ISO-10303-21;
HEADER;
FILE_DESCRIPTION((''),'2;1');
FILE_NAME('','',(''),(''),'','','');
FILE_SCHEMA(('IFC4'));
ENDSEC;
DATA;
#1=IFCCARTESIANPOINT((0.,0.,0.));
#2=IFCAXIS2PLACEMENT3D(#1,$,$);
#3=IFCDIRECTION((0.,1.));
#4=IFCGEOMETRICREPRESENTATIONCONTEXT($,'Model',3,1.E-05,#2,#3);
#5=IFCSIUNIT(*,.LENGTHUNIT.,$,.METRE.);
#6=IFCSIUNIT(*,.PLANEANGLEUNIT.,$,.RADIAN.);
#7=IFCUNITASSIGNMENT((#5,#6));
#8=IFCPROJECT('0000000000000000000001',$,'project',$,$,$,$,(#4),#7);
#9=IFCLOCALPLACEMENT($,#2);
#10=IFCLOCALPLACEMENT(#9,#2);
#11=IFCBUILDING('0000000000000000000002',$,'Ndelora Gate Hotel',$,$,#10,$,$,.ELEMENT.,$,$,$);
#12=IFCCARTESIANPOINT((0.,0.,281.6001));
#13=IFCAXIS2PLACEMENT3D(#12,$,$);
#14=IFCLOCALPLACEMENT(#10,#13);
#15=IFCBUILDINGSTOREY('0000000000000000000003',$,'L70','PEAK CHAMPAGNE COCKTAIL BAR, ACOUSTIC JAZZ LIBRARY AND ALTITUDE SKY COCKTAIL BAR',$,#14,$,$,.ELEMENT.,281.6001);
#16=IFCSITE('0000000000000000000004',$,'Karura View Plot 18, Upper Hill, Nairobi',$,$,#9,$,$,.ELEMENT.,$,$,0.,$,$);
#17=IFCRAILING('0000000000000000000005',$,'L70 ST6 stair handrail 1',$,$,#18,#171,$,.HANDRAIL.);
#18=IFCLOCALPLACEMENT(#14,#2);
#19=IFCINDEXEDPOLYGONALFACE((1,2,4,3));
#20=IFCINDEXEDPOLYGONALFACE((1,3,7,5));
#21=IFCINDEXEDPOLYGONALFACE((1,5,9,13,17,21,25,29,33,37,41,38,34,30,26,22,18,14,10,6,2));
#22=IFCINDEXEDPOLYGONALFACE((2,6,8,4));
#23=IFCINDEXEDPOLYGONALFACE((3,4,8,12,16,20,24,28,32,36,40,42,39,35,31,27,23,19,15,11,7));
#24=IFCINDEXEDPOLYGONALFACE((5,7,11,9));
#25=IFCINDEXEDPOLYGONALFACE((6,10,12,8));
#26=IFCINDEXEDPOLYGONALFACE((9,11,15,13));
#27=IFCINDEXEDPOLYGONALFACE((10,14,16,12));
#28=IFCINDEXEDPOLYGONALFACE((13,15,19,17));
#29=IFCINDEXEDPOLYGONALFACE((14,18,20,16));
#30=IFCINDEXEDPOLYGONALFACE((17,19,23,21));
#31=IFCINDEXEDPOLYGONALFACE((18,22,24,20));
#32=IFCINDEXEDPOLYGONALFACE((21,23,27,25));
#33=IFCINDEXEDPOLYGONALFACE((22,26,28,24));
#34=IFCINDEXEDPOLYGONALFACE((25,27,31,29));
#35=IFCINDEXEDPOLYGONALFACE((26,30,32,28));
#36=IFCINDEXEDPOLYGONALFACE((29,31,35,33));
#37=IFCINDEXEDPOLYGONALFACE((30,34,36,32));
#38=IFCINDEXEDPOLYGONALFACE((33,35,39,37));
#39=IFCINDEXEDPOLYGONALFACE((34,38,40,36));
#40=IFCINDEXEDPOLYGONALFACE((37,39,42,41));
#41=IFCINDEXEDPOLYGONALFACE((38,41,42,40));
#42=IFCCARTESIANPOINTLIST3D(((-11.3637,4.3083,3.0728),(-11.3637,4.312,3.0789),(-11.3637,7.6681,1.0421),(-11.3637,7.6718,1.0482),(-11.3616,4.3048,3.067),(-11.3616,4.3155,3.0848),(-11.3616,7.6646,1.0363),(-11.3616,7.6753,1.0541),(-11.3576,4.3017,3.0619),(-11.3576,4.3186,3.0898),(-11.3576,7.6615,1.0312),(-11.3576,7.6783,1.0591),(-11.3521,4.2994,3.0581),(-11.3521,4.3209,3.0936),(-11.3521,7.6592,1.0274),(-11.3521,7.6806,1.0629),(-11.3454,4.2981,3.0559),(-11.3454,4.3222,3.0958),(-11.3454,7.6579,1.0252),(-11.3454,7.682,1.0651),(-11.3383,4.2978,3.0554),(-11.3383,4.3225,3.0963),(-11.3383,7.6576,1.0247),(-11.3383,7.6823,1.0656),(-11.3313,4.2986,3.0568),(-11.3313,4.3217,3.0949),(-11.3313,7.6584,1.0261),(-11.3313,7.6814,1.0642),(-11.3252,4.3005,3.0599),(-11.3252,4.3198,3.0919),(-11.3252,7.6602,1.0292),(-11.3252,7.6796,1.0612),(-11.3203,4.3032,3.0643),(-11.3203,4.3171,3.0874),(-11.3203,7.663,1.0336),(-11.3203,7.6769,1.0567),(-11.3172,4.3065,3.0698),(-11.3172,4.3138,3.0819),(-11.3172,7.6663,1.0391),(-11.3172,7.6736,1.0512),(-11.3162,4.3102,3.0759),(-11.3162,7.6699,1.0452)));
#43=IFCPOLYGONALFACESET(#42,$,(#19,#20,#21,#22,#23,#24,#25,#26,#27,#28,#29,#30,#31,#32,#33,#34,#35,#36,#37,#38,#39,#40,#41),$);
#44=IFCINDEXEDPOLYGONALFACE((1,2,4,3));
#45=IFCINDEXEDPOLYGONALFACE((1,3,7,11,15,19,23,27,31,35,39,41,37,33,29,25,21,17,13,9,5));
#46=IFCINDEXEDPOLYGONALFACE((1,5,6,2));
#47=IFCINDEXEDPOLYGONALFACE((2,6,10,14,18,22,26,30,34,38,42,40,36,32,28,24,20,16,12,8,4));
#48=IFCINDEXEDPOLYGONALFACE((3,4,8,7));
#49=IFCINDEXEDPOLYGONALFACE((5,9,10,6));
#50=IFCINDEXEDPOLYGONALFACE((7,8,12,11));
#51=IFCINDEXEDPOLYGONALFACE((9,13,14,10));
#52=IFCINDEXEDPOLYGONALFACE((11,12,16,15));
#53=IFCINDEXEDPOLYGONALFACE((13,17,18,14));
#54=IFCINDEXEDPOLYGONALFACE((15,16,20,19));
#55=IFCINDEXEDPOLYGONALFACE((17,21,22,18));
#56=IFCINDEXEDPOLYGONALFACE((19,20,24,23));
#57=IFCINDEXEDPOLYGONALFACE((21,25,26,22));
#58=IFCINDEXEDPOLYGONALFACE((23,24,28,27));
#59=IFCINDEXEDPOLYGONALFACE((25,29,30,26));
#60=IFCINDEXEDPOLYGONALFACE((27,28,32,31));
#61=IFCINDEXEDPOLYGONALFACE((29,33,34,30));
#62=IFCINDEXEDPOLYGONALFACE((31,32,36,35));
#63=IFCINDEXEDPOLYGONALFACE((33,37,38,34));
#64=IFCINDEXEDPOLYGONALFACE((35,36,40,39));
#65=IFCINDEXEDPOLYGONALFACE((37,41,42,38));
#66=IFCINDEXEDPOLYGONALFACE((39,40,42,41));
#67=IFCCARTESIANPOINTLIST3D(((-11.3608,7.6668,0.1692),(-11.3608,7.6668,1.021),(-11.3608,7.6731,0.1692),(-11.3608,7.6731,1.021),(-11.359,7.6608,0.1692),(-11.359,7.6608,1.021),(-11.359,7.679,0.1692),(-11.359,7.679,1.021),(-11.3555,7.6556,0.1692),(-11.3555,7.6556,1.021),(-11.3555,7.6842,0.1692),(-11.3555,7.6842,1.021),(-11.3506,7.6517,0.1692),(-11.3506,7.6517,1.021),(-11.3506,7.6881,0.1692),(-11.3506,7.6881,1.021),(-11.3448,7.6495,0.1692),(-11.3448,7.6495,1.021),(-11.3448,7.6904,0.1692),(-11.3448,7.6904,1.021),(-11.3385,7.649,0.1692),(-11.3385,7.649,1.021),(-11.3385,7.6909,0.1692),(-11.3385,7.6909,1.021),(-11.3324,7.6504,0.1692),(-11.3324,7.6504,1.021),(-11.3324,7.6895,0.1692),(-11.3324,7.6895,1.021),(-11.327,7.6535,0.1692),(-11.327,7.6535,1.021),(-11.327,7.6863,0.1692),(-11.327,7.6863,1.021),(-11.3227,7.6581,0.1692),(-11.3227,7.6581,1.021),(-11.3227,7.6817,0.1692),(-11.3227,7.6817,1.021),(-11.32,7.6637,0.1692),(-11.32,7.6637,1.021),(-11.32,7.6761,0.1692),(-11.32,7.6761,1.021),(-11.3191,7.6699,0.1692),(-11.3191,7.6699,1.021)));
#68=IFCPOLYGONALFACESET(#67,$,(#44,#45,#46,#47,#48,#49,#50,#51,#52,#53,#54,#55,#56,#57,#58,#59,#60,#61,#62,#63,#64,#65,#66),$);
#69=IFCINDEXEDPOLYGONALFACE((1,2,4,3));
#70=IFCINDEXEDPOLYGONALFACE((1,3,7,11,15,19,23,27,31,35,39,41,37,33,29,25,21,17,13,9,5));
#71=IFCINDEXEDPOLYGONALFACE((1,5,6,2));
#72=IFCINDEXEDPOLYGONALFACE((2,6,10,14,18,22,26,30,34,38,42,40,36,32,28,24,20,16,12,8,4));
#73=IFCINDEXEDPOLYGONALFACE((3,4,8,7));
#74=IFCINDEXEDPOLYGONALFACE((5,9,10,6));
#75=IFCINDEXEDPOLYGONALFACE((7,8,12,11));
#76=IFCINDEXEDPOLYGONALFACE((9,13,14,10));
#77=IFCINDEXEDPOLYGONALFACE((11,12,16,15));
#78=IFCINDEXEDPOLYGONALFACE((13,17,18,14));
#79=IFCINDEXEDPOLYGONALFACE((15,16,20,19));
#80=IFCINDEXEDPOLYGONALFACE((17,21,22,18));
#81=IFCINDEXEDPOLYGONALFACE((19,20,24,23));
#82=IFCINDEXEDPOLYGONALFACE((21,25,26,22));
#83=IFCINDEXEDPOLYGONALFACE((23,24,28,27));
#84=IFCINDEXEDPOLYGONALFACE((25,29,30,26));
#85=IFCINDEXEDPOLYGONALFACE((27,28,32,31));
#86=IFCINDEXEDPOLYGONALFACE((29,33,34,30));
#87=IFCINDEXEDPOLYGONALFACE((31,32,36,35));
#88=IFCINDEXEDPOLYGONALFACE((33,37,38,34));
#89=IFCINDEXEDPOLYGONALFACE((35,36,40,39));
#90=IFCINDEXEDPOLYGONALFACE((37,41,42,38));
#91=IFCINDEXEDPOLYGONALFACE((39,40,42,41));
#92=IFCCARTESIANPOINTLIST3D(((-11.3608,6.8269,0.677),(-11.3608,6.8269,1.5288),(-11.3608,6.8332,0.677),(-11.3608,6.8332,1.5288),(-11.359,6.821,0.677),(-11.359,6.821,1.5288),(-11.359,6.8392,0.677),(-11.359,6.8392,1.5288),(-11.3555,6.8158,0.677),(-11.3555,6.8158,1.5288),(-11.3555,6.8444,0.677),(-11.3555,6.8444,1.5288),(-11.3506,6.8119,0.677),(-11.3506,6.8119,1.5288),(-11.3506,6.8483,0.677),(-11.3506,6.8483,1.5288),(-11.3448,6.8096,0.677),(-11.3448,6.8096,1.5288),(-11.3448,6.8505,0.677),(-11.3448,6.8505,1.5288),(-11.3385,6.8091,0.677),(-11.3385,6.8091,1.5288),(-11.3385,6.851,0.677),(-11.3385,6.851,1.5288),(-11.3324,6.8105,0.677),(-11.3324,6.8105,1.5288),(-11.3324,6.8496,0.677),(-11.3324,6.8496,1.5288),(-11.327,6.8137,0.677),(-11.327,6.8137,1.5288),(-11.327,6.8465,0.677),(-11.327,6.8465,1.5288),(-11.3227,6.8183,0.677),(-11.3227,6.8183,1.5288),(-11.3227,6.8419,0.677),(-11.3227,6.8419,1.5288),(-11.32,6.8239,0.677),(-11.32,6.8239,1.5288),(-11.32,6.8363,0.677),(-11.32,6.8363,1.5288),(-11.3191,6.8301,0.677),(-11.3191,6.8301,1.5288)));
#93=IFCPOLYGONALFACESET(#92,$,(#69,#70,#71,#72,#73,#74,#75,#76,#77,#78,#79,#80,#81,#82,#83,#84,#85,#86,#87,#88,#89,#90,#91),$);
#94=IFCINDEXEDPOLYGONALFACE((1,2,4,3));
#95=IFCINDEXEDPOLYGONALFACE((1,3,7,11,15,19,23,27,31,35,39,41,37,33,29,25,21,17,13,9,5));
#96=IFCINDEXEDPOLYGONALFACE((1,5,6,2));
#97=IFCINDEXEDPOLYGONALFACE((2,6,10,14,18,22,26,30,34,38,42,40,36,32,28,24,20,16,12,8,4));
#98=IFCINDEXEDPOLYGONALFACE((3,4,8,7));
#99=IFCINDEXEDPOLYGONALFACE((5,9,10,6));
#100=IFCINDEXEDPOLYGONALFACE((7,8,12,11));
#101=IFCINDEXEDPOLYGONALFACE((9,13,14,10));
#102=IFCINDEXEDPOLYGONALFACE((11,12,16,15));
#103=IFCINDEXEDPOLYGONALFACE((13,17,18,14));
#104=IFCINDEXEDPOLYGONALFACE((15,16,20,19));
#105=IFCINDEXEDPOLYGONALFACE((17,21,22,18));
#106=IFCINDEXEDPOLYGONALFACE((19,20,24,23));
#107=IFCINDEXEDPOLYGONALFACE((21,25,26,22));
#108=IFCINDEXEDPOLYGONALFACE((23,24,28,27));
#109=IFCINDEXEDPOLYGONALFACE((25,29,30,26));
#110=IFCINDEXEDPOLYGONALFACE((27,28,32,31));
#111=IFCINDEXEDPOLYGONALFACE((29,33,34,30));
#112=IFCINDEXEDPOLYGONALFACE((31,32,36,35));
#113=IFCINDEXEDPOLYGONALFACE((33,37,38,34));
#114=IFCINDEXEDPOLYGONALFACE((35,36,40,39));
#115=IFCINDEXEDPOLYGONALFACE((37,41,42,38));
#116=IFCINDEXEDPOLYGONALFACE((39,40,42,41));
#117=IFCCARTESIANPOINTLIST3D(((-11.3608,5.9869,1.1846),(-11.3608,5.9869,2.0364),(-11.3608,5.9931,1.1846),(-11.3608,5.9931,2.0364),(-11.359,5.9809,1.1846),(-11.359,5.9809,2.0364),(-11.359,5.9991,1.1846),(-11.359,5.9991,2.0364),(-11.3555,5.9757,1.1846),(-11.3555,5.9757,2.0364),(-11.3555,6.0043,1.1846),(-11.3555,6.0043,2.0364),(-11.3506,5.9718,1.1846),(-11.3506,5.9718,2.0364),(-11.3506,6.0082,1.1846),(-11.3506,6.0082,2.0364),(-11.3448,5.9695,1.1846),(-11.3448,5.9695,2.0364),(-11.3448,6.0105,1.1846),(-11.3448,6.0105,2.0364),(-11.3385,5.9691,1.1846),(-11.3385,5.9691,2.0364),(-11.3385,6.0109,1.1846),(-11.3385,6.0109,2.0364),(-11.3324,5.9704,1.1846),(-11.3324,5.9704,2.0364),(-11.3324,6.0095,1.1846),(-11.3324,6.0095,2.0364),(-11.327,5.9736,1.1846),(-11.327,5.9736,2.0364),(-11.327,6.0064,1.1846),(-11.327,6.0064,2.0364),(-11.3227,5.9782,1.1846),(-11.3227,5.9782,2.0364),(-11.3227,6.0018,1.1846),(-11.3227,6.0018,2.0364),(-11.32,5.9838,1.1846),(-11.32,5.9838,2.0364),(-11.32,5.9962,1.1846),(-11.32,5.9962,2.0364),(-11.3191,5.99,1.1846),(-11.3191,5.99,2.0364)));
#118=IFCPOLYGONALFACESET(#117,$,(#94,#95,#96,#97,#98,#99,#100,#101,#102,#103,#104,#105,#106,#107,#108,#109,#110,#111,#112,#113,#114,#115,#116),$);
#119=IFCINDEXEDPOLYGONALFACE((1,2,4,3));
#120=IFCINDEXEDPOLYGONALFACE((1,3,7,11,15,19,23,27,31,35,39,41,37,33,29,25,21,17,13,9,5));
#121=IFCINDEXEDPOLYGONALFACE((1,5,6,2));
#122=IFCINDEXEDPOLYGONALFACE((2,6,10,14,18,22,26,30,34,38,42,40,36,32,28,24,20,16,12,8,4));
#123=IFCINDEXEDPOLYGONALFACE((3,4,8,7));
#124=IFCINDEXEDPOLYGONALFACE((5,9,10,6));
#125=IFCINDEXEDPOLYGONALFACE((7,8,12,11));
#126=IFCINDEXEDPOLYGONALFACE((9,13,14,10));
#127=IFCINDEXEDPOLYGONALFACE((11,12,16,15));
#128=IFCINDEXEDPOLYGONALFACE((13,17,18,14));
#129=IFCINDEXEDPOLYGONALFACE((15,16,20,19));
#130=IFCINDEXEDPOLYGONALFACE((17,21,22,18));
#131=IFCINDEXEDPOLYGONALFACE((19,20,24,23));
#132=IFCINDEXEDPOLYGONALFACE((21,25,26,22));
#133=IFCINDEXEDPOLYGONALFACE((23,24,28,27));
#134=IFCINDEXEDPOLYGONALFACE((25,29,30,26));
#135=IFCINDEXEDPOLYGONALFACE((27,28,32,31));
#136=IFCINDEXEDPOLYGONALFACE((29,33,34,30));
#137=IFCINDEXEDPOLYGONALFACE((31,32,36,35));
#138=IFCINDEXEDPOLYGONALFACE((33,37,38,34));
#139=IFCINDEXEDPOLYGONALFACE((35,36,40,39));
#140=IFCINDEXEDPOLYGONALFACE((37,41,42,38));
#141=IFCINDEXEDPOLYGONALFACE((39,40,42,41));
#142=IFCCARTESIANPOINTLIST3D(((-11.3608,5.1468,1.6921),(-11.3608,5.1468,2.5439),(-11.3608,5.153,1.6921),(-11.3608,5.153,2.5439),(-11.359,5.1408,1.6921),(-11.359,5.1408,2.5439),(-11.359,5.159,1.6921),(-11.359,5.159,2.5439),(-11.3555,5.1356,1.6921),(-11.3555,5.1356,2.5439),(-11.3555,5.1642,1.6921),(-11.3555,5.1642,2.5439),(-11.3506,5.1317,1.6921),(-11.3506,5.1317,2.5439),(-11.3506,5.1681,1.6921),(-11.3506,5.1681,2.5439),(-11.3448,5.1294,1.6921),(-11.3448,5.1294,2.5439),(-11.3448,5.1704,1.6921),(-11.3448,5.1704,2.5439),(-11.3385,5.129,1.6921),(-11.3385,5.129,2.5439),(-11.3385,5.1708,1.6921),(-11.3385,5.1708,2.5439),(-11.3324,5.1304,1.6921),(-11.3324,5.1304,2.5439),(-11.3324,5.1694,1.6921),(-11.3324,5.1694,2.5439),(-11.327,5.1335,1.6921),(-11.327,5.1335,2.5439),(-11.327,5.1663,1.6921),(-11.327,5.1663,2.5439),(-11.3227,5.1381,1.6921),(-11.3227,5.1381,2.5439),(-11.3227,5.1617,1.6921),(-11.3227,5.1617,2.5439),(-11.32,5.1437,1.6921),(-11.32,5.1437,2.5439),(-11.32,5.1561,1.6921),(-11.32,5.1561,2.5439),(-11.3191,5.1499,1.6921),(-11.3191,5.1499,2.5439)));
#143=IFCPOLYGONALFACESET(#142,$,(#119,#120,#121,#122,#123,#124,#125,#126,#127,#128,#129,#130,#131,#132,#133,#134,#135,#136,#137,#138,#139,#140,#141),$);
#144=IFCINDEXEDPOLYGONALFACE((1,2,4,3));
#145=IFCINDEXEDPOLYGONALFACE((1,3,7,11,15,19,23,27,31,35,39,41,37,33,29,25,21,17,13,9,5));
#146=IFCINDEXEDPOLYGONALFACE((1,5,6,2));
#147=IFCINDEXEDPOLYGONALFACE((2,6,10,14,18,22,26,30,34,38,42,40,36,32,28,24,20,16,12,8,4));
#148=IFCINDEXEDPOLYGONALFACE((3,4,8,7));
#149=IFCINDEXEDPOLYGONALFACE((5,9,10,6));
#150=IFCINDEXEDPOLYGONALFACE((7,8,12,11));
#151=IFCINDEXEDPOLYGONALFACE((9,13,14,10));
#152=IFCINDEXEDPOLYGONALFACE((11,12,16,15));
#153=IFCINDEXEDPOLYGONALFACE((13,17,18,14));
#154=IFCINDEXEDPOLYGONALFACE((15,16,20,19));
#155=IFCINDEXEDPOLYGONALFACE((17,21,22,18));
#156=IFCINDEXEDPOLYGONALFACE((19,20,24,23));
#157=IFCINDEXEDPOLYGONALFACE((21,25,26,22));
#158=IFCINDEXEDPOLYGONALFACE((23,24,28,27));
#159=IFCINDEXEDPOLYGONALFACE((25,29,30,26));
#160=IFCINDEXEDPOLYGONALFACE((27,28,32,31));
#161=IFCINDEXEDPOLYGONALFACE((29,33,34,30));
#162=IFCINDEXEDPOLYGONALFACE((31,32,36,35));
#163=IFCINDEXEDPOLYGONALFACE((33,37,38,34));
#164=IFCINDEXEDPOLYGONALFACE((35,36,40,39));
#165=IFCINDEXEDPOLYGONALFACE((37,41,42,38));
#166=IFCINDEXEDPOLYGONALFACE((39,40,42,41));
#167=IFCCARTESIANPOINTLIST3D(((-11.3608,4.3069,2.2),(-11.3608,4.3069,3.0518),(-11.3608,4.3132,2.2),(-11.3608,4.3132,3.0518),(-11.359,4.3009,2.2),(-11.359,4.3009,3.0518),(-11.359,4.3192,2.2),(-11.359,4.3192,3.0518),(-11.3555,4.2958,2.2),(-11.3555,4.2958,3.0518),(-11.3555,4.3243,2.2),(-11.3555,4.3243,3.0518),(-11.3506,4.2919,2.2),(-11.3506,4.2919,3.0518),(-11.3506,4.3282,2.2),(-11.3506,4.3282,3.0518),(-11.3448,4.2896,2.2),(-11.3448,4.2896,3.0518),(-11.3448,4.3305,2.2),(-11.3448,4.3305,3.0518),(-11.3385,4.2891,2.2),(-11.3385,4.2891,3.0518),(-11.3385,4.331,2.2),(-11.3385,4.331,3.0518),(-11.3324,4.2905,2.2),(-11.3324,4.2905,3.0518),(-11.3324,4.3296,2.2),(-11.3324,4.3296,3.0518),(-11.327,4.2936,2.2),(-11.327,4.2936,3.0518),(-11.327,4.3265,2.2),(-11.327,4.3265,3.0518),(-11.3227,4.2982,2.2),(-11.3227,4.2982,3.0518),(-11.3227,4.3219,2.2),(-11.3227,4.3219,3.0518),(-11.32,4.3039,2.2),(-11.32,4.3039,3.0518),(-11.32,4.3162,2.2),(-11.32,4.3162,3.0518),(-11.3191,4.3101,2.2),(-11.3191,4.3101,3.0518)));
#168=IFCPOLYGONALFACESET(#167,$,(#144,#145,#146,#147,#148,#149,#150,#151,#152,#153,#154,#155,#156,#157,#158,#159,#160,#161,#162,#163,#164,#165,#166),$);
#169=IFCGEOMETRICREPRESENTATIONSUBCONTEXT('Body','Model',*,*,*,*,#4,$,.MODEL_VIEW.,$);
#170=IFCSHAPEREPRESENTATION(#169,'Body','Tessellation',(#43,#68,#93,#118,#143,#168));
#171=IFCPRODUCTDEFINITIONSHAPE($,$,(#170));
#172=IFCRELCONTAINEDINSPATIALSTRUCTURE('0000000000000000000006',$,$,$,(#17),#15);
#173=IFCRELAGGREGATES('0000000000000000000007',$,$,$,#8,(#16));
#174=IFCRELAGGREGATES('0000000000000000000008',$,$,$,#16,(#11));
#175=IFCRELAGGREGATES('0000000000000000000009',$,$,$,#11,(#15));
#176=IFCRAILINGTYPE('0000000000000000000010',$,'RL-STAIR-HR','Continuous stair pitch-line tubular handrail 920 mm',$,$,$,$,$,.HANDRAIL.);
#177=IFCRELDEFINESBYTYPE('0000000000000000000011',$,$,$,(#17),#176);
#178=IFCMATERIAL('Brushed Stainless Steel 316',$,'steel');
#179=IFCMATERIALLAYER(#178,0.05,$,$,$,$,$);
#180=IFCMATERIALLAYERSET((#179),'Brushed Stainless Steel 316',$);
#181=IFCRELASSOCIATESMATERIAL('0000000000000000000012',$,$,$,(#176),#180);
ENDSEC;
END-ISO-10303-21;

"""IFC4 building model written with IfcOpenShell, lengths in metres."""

from ifc_helpers import new_model, si_unit, direction, frame, origin, origin_2d, place, context, subcontext, project, spatial, circle, extrude, material, layer, layer_set, type_object, element, save


model = new_model("IFC4")

# Units and contexts
model_context = context("Model", 3, precision=1e-05, world=origin(), true_north=direction((0.0, 1.0)))
body_context = subcontext(model_context, "Body", "Model", "MODEL_VIEW")
ifc_project = project(units=[si_unit("LENGTHUNIT", "METRE"), si_unit("PLANEANGLEUNIT", "RADIAN")], contexts=[model_context])

# Site, building, storey
site_placement = place(None, origin())
site = spatial("IfcSite", under=ifc_project, at=site_placement, Name="Karura View Plot 18, Upper Hill, Nairobi", CompositionType="ELEMENT", RefElevation=0.0)
building_placement = place(site_placement, origin())
building = spatial("IfcBuilding", under=site, at=building_placement, Name="Ndelora Gate Hotel", CompositionType="ELEMENT")
storey_placement = place(building_placement, frame((0.0, 0.0, 281.6001)))
storey = spatial("IfcBuildingStorey", under=building, at=storey_placement, Name="L70", Description="PEAK CHAMPAGNE COCKTAIL BAR, ACOUSTIC JAZZ LIBRARY AND ALTITUDE SKY COCKTAIL BAR", CompositionType="ELEMENT", Elevation=281.6001)

# Railing
ifc_material_1 = material(Name="Brushed Stainless Steel 316", Category="steel")
ifc_layer_1 = layer(ifc_material_1, 0.05)
ifc_layer_set_1 = layer_set([ifc_layer_1], Name="Brushed Stainless Steel 316")
railing_type_1 = type_object("IfcRailingType", Name="RL-STAIR-HR", Description="Continuous stair pitch-line tubular handrail 920 mm", PredefinedType="HANDRAIL", material=ifc_layer_set_1)
railing_1_placement = place(storey_placement, frame((-11.3401, 7.6699, 0.1692)))
element("IfcRailing", 1, at=railing_1_placement, inside=storey, type_object=railing_type_1, Name="L70 ST6 stair handrail 1", PredefinedType="HANDRAIL", context=body_context, shape_type="SweptSolid", body=[
    extrude(circle(Radius=0.0239, at=origin_2d()), frame((0.0, 0.0, 0.876), z_axis=(0.0, -0.85582, 0.517273), x_axis=(1.0, 0.0, 0.0)), (0.0, 0.0, 1.0), 3.9258),
    extrude(circle(Radius=0.021, at=origin_2d()), origin(), (0.0, 0.0, 1.0), 0.8518),
    extrude(circle(Radius=0.021, at=origin_2d()), frame((0.0, -0.8398, 0.5078)), (0.0, 0.0, 1.0), 0.8518),
    extrude(circle(Radius=0.021, at=origin_2d()), frame((0.0, -1.6799, 1.0154)), (0.0, 0.0, 1.0), 0.8518),
    extrude(circle(Radius=0.021, at=origin_2d()), frame((0.0, -2.52, 1.5229)), (0.0, 0.0, 1.0), 0.8518),
    extrude(circle(Radius=0.021, at=origin_2d()), frame((0.0, -3.3599, 2.0308)), (0.0, 0.0, 1.0), 0.8518),
])

save(model, "model.ifc")
